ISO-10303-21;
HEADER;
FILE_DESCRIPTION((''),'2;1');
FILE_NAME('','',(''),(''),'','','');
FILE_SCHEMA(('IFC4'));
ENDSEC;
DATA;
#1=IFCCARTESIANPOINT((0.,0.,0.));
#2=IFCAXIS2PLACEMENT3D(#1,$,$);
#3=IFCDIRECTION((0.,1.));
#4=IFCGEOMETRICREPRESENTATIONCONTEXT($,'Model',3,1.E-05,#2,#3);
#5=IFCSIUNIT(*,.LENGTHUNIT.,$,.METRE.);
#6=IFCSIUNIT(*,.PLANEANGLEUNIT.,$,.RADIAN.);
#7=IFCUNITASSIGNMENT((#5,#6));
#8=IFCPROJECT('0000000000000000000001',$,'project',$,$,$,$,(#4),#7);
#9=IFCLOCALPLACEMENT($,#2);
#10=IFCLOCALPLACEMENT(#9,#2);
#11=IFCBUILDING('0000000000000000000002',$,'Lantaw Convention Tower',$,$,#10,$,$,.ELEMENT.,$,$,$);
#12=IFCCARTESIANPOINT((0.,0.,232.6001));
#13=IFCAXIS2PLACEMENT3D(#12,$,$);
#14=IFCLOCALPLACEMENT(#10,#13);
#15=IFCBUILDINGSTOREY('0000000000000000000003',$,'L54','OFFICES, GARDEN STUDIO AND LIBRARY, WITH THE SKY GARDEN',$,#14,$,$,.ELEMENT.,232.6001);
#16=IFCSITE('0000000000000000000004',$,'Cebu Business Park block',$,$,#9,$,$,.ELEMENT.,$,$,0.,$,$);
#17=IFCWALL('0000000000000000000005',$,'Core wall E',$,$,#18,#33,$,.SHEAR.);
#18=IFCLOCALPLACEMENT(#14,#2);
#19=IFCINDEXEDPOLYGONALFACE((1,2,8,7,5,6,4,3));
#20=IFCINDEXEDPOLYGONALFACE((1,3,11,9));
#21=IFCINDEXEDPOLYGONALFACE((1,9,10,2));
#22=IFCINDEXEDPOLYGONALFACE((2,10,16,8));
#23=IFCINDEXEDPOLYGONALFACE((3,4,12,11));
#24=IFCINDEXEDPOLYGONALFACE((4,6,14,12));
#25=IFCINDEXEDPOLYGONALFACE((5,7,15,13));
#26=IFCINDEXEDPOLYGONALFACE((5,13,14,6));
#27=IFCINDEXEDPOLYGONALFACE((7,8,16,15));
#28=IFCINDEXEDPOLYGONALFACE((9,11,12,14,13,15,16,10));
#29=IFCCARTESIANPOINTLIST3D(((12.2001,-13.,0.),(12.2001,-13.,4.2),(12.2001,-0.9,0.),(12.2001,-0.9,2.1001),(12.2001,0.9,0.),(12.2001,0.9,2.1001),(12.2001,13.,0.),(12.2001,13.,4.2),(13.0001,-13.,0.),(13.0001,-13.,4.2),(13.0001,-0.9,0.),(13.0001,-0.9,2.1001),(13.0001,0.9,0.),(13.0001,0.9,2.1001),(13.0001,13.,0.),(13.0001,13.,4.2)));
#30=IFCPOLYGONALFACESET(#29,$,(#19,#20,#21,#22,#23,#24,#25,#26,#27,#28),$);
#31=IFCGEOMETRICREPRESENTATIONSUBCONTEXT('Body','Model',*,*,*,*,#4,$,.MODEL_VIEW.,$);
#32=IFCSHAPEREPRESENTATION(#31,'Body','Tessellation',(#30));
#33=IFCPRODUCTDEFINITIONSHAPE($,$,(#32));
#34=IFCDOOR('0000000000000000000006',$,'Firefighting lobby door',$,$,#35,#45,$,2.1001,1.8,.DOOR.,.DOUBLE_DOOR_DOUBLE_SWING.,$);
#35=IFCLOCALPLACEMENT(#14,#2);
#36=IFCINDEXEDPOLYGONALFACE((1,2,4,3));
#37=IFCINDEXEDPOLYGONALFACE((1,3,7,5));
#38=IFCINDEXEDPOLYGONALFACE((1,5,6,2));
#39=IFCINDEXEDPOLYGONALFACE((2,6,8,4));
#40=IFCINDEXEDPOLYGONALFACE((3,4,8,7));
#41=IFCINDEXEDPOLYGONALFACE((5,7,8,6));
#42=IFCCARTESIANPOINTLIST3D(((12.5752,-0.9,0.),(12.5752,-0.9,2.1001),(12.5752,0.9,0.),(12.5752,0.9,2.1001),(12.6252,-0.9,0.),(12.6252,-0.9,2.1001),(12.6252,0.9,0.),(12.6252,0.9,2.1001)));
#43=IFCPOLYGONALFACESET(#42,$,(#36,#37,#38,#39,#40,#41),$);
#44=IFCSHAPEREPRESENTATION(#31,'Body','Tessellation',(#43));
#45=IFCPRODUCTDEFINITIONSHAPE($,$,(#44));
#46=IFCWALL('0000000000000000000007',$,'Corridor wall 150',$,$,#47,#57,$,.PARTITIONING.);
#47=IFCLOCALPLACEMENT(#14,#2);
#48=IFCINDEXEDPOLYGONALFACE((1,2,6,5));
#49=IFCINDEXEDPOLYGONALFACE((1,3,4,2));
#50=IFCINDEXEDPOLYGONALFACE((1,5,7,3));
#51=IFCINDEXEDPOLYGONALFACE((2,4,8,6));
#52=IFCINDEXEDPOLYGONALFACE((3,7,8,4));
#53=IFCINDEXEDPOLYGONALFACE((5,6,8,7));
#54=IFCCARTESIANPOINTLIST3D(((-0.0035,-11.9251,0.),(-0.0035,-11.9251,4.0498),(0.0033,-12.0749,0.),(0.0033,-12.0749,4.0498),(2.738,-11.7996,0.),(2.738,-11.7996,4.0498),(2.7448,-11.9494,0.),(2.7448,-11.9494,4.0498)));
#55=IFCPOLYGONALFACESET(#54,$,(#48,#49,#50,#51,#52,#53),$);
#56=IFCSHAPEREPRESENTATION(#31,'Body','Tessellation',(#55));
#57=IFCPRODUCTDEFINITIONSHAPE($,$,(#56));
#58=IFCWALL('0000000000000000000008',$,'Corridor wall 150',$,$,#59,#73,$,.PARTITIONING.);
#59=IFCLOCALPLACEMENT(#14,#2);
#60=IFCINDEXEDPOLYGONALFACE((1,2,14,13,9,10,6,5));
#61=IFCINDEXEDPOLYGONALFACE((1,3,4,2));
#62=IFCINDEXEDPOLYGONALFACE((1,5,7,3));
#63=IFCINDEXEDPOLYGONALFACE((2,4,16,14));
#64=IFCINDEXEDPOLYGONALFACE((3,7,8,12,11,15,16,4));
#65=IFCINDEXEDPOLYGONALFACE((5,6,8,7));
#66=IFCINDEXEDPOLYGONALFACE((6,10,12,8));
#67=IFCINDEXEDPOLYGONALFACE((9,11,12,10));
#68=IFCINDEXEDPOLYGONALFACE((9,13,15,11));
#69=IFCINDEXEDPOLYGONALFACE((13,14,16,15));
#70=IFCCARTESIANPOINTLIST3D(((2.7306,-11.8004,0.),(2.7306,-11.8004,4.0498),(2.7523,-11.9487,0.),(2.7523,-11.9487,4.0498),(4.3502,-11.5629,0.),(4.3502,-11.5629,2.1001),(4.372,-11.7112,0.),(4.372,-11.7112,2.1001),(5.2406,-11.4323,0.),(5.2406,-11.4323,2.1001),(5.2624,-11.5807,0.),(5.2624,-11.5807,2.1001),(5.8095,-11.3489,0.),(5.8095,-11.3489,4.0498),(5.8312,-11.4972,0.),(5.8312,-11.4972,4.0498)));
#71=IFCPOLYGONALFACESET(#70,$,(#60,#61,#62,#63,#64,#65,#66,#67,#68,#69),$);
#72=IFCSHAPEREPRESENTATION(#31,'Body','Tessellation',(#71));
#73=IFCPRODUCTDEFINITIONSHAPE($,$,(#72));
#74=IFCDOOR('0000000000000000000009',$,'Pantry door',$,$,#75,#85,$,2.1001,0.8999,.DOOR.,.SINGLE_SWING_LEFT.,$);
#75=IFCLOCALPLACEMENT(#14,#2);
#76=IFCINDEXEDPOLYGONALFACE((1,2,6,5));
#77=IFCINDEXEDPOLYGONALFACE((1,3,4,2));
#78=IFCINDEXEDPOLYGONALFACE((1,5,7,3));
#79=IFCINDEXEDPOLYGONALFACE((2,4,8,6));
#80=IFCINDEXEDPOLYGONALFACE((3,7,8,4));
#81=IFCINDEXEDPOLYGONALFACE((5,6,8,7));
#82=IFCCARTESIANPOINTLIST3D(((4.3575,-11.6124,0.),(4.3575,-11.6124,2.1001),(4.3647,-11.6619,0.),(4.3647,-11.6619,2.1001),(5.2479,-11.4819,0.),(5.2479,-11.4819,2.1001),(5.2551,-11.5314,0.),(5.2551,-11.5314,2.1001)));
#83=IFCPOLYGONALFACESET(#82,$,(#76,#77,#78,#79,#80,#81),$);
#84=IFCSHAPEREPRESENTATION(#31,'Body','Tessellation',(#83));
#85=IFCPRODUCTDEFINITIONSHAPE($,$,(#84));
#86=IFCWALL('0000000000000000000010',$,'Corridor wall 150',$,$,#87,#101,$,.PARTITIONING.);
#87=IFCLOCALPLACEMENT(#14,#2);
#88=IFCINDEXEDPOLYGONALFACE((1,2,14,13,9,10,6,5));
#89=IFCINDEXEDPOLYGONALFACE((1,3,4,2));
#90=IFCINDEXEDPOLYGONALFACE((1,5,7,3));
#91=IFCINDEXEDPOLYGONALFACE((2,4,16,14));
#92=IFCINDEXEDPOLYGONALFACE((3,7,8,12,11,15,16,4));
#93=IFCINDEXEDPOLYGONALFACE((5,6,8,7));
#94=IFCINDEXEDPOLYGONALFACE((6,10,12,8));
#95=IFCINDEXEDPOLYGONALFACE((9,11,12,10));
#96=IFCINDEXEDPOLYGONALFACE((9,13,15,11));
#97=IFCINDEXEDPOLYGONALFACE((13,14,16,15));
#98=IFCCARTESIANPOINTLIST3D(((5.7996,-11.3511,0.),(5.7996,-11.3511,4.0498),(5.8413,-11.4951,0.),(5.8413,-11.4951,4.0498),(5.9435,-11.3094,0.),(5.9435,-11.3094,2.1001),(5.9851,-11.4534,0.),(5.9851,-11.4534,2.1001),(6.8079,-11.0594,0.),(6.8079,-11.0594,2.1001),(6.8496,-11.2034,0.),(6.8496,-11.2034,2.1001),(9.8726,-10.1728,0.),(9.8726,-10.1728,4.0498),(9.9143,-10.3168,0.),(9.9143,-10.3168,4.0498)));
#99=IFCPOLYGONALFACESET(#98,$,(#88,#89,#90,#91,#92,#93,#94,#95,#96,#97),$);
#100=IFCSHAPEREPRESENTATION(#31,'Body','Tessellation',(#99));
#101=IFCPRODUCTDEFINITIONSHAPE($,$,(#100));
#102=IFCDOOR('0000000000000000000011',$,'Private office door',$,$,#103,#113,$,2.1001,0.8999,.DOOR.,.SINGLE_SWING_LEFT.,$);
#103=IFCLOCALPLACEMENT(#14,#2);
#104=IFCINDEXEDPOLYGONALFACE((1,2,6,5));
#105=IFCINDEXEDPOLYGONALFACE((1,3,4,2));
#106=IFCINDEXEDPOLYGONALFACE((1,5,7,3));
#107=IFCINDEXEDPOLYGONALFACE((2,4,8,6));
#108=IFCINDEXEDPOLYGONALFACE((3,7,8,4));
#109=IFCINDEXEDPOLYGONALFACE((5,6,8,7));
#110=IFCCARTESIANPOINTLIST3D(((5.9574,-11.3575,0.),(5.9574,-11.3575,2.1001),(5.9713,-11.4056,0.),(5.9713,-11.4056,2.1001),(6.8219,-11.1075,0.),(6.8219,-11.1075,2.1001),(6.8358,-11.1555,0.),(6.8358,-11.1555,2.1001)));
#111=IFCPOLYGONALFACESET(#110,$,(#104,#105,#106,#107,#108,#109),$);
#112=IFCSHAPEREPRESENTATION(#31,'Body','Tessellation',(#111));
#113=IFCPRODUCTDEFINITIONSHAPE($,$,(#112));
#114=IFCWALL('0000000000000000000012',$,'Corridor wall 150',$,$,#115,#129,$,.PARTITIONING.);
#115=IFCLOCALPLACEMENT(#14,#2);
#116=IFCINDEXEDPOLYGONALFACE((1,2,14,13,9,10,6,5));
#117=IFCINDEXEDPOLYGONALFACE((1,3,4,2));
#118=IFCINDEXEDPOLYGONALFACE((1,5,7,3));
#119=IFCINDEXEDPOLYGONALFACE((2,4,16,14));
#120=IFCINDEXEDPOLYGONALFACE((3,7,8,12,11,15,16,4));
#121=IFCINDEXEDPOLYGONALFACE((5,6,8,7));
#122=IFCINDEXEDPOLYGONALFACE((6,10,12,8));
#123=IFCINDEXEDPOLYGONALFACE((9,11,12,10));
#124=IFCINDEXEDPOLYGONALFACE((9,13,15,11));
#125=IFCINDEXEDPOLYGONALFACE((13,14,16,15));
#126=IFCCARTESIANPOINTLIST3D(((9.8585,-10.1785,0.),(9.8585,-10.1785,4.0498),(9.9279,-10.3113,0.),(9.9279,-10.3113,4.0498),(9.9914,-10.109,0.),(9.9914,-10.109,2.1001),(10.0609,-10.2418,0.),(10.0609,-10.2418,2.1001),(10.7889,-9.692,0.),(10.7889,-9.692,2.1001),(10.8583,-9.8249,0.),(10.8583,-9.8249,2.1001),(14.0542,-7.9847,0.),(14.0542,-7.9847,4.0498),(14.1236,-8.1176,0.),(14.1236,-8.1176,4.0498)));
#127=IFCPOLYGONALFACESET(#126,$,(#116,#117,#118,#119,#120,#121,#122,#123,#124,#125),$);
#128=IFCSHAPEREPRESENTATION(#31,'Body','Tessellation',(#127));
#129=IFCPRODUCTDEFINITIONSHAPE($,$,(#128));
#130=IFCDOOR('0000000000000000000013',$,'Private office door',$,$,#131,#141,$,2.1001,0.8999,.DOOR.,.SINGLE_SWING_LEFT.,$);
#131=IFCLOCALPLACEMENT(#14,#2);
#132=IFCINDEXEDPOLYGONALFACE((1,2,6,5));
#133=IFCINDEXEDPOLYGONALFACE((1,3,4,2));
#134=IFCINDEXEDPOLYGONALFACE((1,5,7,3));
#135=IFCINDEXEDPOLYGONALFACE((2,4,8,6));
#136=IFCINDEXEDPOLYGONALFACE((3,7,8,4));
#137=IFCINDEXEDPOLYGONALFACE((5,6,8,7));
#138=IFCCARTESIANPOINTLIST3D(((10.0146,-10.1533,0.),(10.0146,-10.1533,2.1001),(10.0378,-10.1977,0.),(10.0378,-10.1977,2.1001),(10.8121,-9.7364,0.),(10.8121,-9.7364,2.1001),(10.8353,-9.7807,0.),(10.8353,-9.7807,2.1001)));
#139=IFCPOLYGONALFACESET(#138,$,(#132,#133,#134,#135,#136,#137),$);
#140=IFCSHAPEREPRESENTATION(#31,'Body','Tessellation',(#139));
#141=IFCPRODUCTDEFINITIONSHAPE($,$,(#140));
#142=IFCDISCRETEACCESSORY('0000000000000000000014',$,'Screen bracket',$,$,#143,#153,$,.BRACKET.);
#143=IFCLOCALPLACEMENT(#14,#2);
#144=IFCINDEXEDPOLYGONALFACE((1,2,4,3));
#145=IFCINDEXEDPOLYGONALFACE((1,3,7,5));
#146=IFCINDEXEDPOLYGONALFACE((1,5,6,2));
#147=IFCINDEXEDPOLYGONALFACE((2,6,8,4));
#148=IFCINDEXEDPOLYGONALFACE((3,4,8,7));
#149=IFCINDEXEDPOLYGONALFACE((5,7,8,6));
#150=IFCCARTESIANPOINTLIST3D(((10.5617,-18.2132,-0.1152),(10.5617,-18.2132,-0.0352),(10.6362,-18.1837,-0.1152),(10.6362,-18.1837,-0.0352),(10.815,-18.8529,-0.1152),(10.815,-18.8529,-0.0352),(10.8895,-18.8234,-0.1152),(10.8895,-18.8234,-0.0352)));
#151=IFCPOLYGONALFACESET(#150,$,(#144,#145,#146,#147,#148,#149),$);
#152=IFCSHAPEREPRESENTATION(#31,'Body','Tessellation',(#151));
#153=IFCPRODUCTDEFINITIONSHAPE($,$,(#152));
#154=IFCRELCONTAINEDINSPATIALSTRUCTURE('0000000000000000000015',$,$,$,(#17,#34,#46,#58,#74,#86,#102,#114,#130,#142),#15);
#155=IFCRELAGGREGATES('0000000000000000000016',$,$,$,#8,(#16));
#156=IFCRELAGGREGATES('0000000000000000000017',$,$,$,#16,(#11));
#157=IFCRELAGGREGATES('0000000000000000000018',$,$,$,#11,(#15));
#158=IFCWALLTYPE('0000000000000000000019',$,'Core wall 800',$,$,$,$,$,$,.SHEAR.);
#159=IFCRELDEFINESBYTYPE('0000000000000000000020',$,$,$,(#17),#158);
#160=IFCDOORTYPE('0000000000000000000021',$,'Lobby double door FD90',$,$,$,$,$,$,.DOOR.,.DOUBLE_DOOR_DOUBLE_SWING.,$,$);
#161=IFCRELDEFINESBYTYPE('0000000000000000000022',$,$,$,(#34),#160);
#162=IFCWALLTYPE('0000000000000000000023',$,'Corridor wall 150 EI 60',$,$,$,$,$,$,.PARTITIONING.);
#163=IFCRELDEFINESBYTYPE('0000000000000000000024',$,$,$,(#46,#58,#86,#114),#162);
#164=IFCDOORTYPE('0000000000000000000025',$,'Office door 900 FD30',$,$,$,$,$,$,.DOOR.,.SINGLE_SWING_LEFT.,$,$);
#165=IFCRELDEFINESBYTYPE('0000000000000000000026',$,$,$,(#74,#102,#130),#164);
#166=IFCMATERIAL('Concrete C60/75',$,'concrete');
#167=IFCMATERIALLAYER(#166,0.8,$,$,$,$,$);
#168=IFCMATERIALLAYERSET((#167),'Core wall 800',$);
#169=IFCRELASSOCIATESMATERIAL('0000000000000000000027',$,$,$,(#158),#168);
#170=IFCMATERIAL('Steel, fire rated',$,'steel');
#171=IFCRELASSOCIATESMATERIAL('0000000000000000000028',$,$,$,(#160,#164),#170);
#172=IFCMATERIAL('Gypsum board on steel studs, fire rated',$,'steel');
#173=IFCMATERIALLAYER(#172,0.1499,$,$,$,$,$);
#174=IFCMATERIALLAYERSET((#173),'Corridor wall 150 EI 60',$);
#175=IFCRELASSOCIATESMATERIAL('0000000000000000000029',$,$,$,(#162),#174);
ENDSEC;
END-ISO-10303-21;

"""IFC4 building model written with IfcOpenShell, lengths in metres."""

from ifc_helpers import new_model, si_unit, direction, frame, frame_2d, origin, origin_2d, place, context, subcontext, project, spatial, rectangle, extrude, material, layer, layer_set, type_object, element, fill, save


model = new_model("IFC4")

# Units and contexts
model_context = context("Model", 3, precision=1e-05, world=origin(), true_north=direction((0.0, 1.0)))
body_context = subcontext(model_context, "Body", "Model", "MODEL_VIEW")
ifc_project = project(units=[si_unit("LENGTHUNIT", "METRE"), si_unit("PLANEANGLEUNIT", "RADIAN")], contexts=[model_context])

# Site, building, storey
site_placement = place(None, origin())
site = spatial("IfcSite", under=ifc_project, at=site_placement, Name="Cebu Business Park block", CompositionType="ELEMENT", RefElevation=0.0)
building_placement = place(site_placement, origin())
building = spatial("IfcBuilding", under=site, at=building_placement, Name="Lantaw Convention Tower", CompositionType="ELEMENT")
storey_placement = place(building_placement, frame((0.0, 0.0, 232.6001)))
storey = spatial("IfcBuildingStorey", under=building, at=storey_placement, Name="L54", Description="OFFICES, GARDEN STUDIO AND LIBRARY, WITH THE SKY GARDEN", CompositionType="ELEMENT", Elevation=232.6001)

# Shared definitions
ifc_material_1 = material(Name="Concrete C60/75", Category="concrete")

# Wall, opening, door
ifc_layer_1 = layer(ifc_material_1, 0.8)
ifc_layer_set_1 = layer_set([ifc_layer_1], Name="Core wall 800")
wall_type_1 = type_object("IfcWallType", Name="Core wall 800", PredefinedType="SHEAR", material=ifc_layer_set_1)
wall_1_placement = place(storey_placement, frame((12.6001, -13.0, 0.0), z_axis=(0.0, 0.0, 1.0), x_axis=(0.0, 1.0, 0.0)))
wall_1 = element("IfcWall", 1, at=wall_1_placement, inside=storey, type_object=wall_type_1, Name="Core wall E", PredefinedType="SHEAR", context=body_context, shape_type="SweptSolid", body=[
    extrude(rectangle(XDim=26.0, YDim=0.8, at=frame_2d((13.0, 0.0))), origin(), (0.0, 0.0, 1.0), 4.2),
])
opening_1_placement = place(wall_1_placement, frame((12.1001, 0.0, 0.0)))
opening_1 = element("IfcOpeningElement", 2, at=opening_1_placement, cuts=wall_1, PredefinedType="OPENING", context=body_context, shape_type="SweptSolid", body=[
    extrude(rectangle(XDim=1.8, YDim=2.1001, at=frame_2d((0.8999, 1.05))), frame((0.0, 0.4099, 0.0), z_axis=(0.0, -1.0, 0.0), x_axis=(1.0, 0.0, 0.0)), (0.0, 0.0, 1.0), 0.8201),
])
ifc_material_2 = material(Name="Steel, fire rated", Category="steel")
door_type_1 = type_object("IfcDoorType", Name="Lobby double door FD90", OperationType="DOUBLE_DOOR_DOUBLE_SWING", PredefinedType="DOOR", material=ifc_material_2)
door_1_placement = place(opening_1_placement, origin())
door_1 = element("IfcDoor", 3, at=door_1_placement, inside=storey, type_object=door_type_1, Name="Firefighting lobby door", OperationType="DOUBLE_DOOR_DOUBLE_SWING", OverallHeight=2.1001, OverallWidth=1.8, PredefinedType="DOOR", context=body_context, shape_type="SweptSolid", body=[
    extrude(rectangle(XDim=1.8, YDim=2.1001, at=frame_2d((0.8999, 1.05))), frame((0.0, 0.0249, 0.0), z_axis=(0.0, -1.0, 0.0), x_axis=(1.0, 0.0, 0.0)), (0.0, 0.0, 1.0), 0.05),
])
fill(opening_1, door_1)

# Wall
ifc_material_3 = material(Name="Gypsum board on steel studs, fire rated", Category="steel")
ifc_layer_2 = layer(ifc_material_3, 0.1499)
ifc_layer_set_2 = layer_set([ifc_layer_2], Name="Corridor wall 150 EI 60")
wall_type_2 = type_object("IfcWallType", Name="Corridor wall 150 EI 60", PredefinedType="PARTITIONING", material=ifc_layer_set_2)
wall_2_placement = place(storey_placement, frame((0.0, -12.0, 0.0), z_axis=(0.0, 0.0, 1.0), x_axis=(0.998954, 0.045726, 0.0)))
element("IfcWall", 4, at=wall_2_placement, inside=storey, type_object=wall_type_2, Name="Corridor wall 150", PredefinedType="PARTITIONING", context=body_context, shape_type="SweptSolid", body=[
    extrude(rectangle(XDim=2.7444, YDim=0.1499, at=frame_2d((1.3721, 0.0))), origin(), (0.0, 0.0, 1.0), 4.0498),
])

# Walls, openings, doors
wall_3_placement = place(storey_placement, frame((2.7415, -11.8745, 0.0), z_axis=(0.0, 0.0, 1.0), x_axis=(0.989422, 0.145067, 0.0)))
wall_3 = element("IfcWall", 5, at=wall_3_placement, inside=storey, type_object=wall_type_2, Name="Corridor wall 150", PredefinedType="PARTITIONING", context=body_context, shape_type="SweptSolid", body=[
    extrude(rectangle(XDim=3.1118, YDim=0.1499, at=frame_2d((1.5559, 0.0))), origin(), (0.0, 0.0, 1.0), 4.0498),
])
opening_2_placement = place(wall_3_placement, frame((1.637, 0.0, 0.0)))
opening_2 = element("IfcOpeningElement", 6, at=opening_2_placement, cuts=wall_3, PredefinedType="OPENING", context=body_context, shape_type="SweptSolid", body=[
    extrude(rectangle(XDim=0.8999, YDim=2.1001, at=frame_2d((0.45, 1.05))), frame((0.0, 0.085, 0.0), z_axis=(0.0, -1.0, 0.0), x_axis=(1.0, 0.0, 0.0)), (0.0, 0.0, 1.0), 0.1699),
])
door_type_2 = type_object("IfcDoorType", Name="Office door 900 FD30", OperationType="SINGLE_SWING_LEFT", PredefinedType="DOOR", material=ifc_material_2)
door_2_placement = place(opening_2_placement, origin())
door_2 = element("IfcDoor", 7, at=door_2_placement, inside=storey, type_object=door_type_2, Name="Pantry door", OperationType="SINGLE_SWING_LEFT", OverallHeight=2.1001, OverallWidth=0.8999, PredefinedType="DOOR", context=body_context, shape_type="SweptSolid", body=[
    extrude(rectangle(XDim=0.8999, YDim=2.1001, at=frame_2d((0.45, 1.05))), frame((0.0, 0.0249, 0.0), z_axis=(0.0, -1.0, 0.0), x_axis=(1.0, 0.0, 0.0)), (0.0, 0.0, 1.0), 0.05),
])
fill(opening_2, door_2)
wall_4_placement = place(storey_placement, frame((5.8203, -11.4231, 0.0), z_axis=(0.0, 0.0, 1.0), x_axis=(0.960615, 0.277883, 0.0)))
wall_4 = element("IfcWall", 8, at=wall_4_placement, inside=storey, type_object=wall_type_2, Name="Corridor wall 150", PredefinedType="PARTITIONING", context=body_context, shape_type="SweptSolid", body=[
    extrude(rectangle(XDim=4.24, YDim=0.1499, at=frame_2d((2.1201, 0.0))), origin(), (0.0, 0.0, 1.0), 4.0498),
])
opening_3_placement = place(wall_4_placement, frame((0.1499, 0.0, 0.0)))
opening_3 = element("IfcOpeningElement", 9, at=opening_3_placement, cuts=wall_4, PredefinedType="OPENING", context=body_context, shape_type="SweptSolid", body=[
    extrude(rectangle(XDim=0.8999, YDim=2.1001, at=frame_2d((0.45, 1.05))), frame((0.0, 0.085, 0.0), z_axis=(0.0, -1.0, 0.0), x_axis=(1.0, 0.0, 0.0)), (0.0, 0.0, 1.0), 0.1699),
])
door_3_placement = place(opening_3_placement, origin())
door_3 = element("IfcDoor", 10, at=door_3_placement, inside=storey, type_object=door_type_2, Name="Private office door", OperationType="SINGLE_SWING_LEFT", OverallHeight=2.1001, OverallWidth=0.8999, PredefinedType="DOOR", context=body_context, shape_type="SweptSolid", body=[
    extrude(rectangle(XDim=0.8999, YDim=2.1001, at=frame_2d((0.45, 1.05))), frame((0.0, 0.0249, 0.0), z_axis=(0.0, -1.0, 0.0), x_axis=(1.0, 0.0, 0.0)), (0.0, 0.0, 1.0), 0.05),
])
fill(opening_3, door_3)
wall_5_placement = place(storey_placement, frame((9.8933, -10.2449, 0.0), z_axis=(0.0, 0.0, 1.0), x_axis=(0.886174, 0.463352, 0.0)))
wall_5 = element("IfcWall", 11, at=wall_5_placement, inside=storey, type_object=wall_type_2, Name="Corridor wall 150", PredefinedType="PARTITIONING", context=body_context, shape_type="SweptSolid", body=[
    extrude(rectangle(XDim=4.7346, YDim=0.1499, at=frame_2d((2.3672, 0.0))), origin(), (0.0, 0.0, 1.0), 4.0498),
])
opening_4_placement = place(wall_5_placement, frame((0.1499, 0.0, 0.0)))
opening_4 = element("IfcOpeningElement", 12, at=opening_4_placement, cuts=wall_5, PredefinedType="OPENING", context=body_context, shape_type="SweptSolid", body=[
    extrude(rectangle(XDim=0.8999, YDim=2.1001, at=frame_2d((0.45, 1.05))), frame((0.0, 0.085, 0.0), z_axis=(0.0, -1.0, 0.0), x_axis=(1.0, 0.0, 0.0)), (0.0, 0.0, 1.0), 0.1699),
])
door_4_placement = place(opening_4_placement, origin())
door_4 = element("IfcDoor", 13, at=door_4_placement, inside=storey, type_object=door_type_2, Name="Private office door", OperationType="SINGLE_SWING_LEFT", OverallHeight=2.1001, OverallWidth=0.8999, PredefinedType="DOOR", context=body_context, shape_type="SweptSolid", body=[
    extrude(rectangle(XDim=0.8999, YDim=2.1001, at=frame_2d((0.45, 1.05))), frame((0.0, 0.0249, 0.0), z_axis=(0.0, -1.0, 0.0), x_axis=(1.0, 0.0, 0.0)), (0.0, 0.0, 1.0), 0.05),
])
fill(opening_4, door_4)

# Discrete accessory
discrete_accessory_placement = place(storey_placement, frame((10.7256, -18.5183, -0.1152), z_axis=(0.0, 0.0, 1.0), x_axis=(0.929762, 0.368162, 0.0)))
element("IfcDiscreteAccessory", 14, at=discrete_accessory_placement, inside=storey, Name="Screen bracket", PredefinedType="BRACKET", context=body_context, shape_type="SweptSolid", body=[
    extrude(rectangle(XDim=0.0801, YDim=0.688, at=origin_2d()), origin(), (0.0, 0.0, 1.0), 0.0801),
])

save(model, "model.ifc")
